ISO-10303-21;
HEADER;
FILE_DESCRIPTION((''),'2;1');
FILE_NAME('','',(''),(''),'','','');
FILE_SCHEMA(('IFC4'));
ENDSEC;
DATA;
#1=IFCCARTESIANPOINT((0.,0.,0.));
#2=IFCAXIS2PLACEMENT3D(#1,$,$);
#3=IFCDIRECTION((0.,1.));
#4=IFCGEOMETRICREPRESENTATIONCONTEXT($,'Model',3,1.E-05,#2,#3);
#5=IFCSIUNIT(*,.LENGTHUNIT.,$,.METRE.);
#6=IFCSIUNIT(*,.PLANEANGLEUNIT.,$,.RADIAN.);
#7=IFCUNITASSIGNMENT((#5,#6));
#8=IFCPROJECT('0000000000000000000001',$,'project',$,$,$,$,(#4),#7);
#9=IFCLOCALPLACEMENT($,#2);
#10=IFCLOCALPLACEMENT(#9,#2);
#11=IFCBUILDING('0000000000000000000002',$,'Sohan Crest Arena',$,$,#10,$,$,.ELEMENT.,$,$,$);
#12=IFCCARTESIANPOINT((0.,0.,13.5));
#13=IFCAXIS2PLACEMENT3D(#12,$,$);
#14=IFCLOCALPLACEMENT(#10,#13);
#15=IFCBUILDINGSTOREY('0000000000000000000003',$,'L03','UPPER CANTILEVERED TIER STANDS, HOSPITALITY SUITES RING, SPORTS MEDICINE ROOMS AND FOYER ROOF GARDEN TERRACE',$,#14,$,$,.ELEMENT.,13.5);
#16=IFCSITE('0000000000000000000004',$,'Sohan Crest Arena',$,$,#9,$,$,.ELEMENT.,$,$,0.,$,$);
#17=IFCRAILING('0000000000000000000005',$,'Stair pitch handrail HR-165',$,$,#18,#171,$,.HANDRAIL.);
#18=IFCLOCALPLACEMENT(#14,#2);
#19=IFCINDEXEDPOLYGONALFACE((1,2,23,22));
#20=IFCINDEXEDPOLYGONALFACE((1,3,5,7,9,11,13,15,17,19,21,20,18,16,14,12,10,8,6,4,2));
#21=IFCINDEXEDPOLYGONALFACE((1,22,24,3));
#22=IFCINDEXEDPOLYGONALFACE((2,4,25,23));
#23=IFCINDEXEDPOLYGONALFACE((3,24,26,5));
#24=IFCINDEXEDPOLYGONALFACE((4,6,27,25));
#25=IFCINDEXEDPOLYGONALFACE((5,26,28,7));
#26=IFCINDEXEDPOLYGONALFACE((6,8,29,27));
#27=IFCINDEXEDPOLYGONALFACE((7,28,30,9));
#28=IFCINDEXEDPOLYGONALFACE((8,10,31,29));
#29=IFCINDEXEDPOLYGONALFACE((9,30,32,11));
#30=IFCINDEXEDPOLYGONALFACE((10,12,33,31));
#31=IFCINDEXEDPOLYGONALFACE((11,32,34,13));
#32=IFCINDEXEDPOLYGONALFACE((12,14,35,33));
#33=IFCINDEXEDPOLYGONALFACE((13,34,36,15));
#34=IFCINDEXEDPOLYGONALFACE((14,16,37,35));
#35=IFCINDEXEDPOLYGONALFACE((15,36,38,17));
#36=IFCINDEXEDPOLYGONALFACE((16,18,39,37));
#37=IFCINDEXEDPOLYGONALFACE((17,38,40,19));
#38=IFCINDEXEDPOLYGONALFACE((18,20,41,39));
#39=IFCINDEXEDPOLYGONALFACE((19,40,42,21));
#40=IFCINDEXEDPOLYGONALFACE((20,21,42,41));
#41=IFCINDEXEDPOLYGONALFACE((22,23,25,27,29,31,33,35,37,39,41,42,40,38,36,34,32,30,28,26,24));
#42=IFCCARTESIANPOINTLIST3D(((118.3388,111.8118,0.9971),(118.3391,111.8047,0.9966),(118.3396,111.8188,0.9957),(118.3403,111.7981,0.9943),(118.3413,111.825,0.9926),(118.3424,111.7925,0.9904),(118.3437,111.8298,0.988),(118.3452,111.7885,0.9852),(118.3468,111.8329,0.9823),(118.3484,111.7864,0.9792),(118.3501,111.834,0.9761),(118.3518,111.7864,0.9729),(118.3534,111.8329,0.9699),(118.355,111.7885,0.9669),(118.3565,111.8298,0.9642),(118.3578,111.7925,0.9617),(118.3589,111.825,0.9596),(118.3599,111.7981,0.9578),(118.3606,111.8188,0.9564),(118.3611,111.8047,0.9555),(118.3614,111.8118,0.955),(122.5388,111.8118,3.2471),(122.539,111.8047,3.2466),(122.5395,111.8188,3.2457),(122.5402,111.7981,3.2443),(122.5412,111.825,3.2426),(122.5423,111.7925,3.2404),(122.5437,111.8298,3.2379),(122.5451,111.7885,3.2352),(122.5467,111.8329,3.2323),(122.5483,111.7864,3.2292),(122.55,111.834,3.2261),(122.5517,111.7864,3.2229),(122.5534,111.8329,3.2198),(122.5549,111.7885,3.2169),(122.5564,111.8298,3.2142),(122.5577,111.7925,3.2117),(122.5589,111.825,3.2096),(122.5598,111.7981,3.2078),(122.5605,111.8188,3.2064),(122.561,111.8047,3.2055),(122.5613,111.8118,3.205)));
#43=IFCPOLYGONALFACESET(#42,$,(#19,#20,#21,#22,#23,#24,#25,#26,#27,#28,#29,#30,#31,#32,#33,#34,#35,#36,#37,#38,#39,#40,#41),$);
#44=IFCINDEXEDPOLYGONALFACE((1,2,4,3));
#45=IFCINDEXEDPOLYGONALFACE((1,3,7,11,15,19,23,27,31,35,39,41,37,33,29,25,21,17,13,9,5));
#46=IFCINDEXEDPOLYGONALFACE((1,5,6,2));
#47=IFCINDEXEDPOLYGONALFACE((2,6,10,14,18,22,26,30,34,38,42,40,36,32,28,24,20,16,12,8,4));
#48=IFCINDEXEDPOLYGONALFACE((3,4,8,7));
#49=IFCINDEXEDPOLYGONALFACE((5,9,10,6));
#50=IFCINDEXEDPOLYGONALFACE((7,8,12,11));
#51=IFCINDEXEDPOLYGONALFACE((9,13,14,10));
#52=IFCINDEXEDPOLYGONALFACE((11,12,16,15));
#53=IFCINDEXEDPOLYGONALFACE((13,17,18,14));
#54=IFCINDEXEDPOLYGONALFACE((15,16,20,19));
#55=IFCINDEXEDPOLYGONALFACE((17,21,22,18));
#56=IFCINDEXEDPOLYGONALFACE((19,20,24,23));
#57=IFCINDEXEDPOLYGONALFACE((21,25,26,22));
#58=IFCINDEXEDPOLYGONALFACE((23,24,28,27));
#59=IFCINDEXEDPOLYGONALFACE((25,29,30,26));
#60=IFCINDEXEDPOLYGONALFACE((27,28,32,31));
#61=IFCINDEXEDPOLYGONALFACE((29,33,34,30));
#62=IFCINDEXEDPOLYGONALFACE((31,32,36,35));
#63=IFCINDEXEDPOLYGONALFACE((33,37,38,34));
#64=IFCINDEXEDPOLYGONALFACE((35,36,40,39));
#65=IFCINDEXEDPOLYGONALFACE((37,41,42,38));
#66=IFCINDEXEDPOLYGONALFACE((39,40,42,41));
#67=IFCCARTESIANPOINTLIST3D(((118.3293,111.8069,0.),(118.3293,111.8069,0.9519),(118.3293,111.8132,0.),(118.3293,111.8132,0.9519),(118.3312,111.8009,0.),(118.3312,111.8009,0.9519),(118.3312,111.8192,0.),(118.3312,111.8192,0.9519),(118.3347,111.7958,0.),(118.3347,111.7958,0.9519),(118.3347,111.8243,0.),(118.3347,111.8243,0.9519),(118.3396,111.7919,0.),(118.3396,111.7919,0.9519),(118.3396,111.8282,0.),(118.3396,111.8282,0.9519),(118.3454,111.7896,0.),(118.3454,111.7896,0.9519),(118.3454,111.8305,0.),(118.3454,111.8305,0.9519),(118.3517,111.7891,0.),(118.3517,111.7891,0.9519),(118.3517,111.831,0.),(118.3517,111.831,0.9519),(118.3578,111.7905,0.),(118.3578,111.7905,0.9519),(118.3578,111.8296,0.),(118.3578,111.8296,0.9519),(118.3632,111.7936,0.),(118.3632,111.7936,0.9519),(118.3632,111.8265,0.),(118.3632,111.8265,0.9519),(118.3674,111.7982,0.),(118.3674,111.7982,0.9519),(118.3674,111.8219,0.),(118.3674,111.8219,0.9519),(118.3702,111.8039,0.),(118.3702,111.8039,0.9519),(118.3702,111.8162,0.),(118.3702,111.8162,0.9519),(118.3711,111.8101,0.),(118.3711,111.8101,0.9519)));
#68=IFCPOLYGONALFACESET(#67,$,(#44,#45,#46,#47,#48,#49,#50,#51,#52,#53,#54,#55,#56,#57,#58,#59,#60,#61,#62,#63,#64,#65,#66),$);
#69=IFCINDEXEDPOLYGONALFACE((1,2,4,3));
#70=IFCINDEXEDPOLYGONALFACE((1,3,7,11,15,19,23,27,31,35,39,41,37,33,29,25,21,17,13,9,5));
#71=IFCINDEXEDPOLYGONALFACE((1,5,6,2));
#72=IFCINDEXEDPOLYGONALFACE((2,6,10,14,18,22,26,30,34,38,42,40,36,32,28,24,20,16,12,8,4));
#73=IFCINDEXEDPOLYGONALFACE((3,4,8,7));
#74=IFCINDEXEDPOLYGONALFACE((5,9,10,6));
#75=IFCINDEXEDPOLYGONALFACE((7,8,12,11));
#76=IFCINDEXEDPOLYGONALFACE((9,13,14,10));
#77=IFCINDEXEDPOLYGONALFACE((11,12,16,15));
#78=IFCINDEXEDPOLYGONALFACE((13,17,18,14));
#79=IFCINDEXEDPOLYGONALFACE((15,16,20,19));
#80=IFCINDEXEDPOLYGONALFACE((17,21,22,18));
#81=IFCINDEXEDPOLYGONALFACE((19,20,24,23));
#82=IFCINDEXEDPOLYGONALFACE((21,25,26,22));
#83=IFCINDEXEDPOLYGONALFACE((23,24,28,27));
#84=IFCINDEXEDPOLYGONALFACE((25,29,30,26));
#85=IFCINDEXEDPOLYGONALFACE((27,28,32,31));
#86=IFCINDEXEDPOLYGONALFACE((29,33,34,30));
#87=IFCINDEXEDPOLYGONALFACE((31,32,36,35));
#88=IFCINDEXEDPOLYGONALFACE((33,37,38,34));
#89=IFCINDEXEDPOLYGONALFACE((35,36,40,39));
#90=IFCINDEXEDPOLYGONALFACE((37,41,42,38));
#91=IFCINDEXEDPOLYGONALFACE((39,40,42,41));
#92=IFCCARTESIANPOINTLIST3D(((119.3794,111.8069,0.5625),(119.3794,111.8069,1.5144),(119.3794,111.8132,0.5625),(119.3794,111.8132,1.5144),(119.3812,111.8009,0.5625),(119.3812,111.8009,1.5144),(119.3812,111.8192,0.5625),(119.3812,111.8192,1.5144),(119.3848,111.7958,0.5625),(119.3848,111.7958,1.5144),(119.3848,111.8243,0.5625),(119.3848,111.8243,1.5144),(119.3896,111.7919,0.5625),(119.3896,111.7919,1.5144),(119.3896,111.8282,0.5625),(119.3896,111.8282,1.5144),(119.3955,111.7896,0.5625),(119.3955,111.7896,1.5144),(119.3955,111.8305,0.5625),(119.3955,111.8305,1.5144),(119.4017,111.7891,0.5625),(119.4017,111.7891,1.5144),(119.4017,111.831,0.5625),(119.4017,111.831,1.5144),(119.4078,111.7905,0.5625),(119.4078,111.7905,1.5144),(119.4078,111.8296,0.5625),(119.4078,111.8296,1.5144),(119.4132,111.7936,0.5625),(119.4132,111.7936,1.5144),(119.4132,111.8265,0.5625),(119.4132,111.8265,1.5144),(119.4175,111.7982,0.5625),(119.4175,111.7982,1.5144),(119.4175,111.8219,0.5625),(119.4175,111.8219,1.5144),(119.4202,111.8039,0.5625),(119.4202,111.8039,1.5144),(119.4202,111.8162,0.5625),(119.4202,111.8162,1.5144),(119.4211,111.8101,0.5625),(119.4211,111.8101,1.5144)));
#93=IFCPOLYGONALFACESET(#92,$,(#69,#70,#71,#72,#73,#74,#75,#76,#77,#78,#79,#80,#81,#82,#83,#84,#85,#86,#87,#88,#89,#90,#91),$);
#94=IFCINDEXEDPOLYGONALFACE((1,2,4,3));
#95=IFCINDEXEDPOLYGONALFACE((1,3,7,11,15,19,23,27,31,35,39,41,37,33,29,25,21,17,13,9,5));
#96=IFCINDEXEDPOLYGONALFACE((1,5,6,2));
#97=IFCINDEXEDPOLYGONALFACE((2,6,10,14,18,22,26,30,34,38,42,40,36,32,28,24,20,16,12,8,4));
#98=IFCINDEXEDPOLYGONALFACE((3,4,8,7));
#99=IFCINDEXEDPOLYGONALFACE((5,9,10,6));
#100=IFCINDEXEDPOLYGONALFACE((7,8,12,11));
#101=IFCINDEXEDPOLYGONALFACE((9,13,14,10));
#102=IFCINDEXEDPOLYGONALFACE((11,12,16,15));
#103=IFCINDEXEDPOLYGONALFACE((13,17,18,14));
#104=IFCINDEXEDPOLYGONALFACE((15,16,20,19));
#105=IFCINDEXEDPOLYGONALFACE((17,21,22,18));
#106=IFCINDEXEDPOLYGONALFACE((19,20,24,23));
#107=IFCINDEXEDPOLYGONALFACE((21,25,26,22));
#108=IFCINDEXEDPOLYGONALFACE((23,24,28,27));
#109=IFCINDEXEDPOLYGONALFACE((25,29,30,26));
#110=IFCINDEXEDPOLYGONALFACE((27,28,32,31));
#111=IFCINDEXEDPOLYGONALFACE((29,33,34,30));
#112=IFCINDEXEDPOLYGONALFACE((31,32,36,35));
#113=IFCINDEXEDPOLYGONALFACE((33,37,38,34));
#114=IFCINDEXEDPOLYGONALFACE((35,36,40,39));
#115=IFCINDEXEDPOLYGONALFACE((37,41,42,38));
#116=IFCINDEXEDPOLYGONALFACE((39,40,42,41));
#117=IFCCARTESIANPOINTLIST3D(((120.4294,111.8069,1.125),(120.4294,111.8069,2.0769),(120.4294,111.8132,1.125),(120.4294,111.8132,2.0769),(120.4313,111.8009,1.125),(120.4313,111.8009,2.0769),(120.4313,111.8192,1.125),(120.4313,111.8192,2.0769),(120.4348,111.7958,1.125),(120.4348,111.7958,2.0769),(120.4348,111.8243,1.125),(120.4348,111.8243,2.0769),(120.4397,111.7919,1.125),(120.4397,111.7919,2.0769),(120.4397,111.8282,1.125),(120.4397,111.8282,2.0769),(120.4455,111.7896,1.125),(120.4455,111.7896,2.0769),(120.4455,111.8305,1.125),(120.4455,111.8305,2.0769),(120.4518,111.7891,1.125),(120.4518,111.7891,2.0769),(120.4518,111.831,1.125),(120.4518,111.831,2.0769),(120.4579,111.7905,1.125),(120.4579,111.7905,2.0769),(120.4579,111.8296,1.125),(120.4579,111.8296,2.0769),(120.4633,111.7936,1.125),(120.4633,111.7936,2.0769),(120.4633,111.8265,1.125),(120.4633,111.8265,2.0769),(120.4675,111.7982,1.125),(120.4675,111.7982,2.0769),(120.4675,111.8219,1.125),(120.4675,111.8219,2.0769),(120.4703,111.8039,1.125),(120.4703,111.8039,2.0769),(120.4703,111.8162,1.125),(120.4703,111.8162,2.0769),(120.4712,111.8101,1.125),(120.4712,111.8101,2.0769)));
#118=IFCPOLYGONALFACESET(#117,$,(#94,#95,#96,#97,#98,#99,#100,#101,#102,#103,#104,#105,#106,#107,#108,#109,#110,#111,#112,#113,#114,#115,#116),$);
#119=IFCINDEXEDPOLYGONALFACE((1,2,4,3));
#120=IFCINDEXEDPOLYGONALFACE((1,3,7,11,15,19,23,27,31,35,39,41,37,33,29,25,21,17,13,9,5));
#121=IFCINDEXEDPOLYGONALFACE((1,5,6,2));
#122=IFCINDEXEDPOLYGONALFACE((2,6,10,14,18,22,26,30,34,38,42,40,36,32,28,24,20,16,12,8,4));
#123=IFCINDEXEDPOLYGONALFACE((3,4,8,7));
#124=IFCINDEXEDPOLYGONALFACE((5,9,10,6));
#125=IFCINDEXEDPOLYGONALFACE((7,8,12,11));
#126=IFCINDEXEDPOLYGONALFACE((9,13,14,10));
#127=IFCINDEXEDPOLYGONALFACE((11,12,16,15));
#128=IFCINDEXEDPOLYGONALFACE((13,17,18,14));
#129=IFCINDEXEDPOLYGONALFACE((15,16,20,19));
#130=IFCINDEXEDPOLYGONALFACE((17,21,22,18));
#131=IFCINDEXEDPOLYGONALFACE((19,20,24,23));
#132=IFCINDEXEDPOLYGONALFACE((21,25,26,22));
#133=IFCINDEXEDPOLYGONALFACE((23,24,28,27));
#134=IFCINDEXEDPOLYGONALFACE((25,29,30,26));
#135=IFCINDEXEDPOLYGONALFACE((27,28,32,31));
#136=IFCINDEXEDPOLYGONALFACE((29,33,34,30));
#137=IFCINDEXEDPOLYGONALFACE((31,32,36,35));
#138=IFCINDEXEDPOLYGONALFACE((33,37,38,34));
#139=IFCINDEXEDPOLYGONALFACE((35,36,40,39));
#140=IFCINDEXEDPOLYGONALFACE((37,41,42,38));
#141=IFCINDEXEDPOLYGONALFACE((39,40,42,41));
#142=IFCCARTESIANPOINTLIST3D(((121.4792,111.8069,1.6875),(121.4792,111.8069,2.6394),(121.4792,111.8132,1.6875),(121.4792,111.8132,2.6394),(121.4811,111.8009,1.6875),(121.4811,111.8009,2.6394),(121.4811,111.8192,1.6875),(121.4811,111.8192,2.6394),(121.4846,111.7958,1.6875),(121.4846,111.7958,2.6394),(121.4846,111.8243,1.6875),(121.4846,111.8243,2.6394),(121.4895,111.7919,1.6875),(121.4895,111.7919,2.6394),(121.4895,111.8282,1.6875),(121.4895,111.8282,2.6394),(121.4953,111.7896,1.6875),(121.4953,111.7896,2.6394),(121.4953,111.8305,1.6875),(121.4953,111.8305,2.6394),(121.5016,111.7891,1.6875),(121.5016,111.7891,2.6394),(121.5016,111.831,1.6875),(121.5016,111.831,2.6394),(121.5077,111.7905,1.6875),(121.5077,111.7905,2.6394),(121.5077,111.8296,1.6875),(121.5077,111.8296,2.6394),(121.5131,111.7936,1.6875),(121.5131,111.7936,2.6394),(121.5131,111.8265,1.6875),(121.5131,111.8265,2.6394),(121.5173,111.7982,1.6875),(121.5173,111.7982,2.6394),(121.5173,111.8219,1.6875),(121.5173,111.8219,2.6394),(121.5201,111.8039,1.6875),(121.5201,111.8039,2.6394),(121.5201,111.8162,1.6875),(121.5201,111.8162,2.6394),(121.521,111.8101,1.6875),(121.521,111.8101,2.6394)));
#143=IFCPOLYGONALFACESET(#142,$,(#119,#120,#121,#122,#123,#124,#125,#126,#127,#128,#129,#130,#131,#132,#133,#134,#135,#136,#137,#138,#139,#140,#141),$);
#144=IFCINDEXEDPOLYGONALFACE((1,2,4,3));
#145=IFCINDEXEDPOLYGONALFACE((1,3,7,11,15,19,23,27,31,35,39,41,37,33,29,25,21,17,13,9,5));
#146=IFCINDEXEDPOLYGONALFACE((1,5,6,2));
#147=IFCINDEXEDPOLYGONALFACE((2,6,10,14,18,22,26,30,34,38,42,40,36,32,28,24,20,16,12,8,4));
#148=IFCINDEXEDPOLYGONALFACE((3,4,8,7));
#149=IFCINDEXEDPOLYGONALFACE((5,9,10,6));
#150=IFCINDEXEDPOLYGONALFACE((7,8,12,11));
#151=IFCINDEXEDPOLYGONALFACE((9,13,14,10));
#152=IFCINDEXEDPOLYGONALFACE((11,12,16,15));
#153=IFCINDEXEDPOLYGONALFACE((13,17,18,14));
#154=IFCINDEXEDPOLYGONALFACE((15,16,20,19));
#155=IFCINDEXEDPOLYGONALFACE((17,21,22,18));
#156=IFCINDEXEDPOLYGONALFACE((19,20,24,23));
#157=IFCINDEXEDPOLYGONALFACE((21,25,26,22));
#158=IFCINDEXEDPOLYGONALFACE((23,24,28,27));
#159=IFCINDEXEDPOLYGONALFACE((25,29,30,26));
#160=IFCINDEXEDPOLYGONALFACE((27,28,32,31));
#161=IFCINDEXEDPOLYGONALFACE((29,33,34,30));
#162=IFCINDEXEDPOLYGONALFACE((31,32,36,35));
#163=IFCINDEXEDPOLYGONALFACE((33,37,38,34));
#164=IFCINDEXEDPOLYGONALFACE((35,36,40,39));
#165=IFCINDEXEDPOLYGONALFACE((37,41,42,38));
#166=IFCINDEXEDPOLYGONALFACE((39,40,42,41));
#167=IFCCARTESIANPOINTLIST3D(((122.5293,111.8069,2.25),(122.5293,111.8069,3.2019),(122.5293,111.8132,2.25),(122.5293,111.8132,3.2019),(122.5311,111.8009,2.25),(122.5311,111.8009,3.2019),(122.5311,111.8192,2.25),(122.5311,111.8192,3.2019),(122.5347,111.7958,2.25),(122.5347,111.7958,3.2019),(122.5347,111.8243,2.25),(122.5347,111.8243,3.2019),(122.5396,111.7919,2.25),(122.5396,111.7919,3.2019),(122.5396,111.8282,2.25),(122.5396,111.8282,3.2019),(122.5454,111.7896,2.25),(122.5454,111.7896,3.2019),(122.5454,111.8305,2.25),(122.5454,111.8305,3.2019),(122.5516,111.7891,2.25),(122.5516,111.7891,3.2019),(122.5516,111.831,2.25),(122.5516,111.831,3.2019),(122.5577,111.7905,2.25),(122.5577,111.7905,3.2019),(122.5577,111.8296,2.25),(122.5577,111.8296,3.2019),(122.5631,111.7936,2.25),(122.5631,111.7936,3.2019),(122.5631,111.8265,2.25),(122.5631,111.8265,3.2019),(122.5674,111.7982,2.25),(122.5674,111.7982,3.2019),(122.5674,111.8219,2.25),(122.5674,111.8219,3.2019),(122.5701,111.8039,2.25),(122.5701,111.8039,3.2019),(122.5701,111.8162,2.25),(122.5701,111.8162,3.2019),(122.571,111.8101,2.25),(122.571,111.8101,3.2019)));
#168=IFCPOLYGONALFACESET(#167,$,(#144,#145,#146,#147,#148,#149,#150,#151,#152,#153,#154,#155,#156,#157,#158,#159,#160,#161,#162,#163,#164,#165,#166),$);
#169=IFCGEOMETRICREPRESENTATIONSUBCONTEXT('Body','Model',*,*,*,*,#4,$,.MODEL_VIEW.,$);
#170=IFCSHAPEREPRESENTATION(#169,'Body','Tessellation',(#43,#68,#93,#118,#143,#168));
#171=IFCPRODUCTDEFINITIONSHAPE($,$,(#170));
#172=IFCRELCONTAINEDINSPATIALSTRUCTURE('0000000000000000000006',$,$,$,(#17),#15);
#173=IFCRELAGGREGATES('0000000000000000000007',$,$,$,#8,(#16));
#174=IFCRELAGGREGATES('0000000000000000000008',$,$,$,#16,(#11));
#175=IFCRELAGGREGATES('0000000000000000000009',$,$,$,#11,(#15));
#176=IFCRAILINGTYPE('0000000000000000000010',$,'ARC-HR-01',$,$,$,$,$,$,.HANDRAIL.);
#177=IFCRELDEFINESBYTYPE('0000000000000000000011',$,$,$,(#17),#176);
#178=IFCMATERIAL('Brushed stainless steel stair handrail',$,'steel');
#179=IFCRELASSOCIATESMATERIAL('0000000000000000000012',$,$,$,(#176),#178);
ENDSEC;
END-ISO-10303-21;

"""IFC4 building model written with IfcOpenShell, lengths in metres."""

from ifc_helpers import new_model, si_unit, direction, frame, origin, origin_2d, place, context, subcontext, project, spatial, circle, extrude, material, type_object, element, save


model = new_model("IFC4")

# Units and contexts
model_context = context("Model", 3, precision=1e-05, world=origin(), true_north=direction((0.0, 1.0)))
body_context = subcontext(model_context, "Body", "Model", "MODEL_VIEW")
ifc_project = project(units=[si_unit("LENGTHUNIT", "METRE"), si_unit("PLANEANGLEUNIT", "RADIAN")], contexts=[model_context])

# Site, building, storey
site_placement = place(None, origin())
site = spatial("IfcSite", under=ifc_project, at=site_placement, Name="Sohan Crest Arena", CompositionType="ELEMENT", RefElevation=0.0)
building_placement = place(site_placement, origin())
building = spatial("IfcBuilding", under=site, at=building_placement, Name="Sohan Crest Arena", CompositionType="ELEMENT")
storey_placement = place(building_placement, frame((0.0, 0.0, 13.5)))
storey = spatial("IfcBuildingStorey", under=building, at=storey_placement, Name="L03", Description="UPPER CANTILEVERED TIER STANDS, HOSPITALITY SUITES RING, SPORTS MEDICINE ROOMS AND FOYER ROOF GARDEN TERRACE", CompositionType="ELEMENT", Elevation=13.5)

# Railing
ifc_material_1 = material(Name="Brushed stainless steel stair handrail", Category="steel")
railing_type_1 = type_object("IfcRailingType", Name="ARC-HR-01", PredefinedType="HANDRAIL", material=ifc_material_1)
for number, where, name in (
    (1, (118.3501, 111.8101, 0.0), "Stair pitch handrail HR-165"),
):
    element("IfcRailing", number, at=place(storey_placement, frame(where)), inside=storey, type_object=railing_type_1, Name=name, PredefinedType="HANDRAIL", context=body_context, shape_type="SweptSolid", body=[
        extrude(circle(Radius=0.0239, at=origin_2d()), frame((0.0, 0.0, 0.9761), z_axis=(0.881478, 0.0, 0.472226), x_axis=(0.0, 1.0, 0.0)), (0.0, 0.0, 1.0), 4.7646),
        extrude(circle(Radius=0.021, at=origin_2d()), origin(), (0.0, 0.0, 1.0), 0.9519),
        extrude(circle(Radius=0.021, at=origin_2d()), frame((1.05, 0.0, 0.5625)), (0.0, 0.0, 1.0), 0.9519),
        extrude(circle(Radius=0.021, at=origin_2d()), frame((2.1001, 0.0, 1.125)), (0.0, 0.0, 1.0), 0.9519),
        extrude(circle(Radius=0.021, at=origin_2d()), frame((3.1499, 0.0, 1.6875)), (0.0, 0.0, 1.0), 0.9519),
        extrude(circle(Radius=0.021, at=origin_2d()), frame((4.2, 0.0, 2.25)), (0.0, 0.0, 1.0), 0.9519),
    ])

save(model, "model.ifc")
